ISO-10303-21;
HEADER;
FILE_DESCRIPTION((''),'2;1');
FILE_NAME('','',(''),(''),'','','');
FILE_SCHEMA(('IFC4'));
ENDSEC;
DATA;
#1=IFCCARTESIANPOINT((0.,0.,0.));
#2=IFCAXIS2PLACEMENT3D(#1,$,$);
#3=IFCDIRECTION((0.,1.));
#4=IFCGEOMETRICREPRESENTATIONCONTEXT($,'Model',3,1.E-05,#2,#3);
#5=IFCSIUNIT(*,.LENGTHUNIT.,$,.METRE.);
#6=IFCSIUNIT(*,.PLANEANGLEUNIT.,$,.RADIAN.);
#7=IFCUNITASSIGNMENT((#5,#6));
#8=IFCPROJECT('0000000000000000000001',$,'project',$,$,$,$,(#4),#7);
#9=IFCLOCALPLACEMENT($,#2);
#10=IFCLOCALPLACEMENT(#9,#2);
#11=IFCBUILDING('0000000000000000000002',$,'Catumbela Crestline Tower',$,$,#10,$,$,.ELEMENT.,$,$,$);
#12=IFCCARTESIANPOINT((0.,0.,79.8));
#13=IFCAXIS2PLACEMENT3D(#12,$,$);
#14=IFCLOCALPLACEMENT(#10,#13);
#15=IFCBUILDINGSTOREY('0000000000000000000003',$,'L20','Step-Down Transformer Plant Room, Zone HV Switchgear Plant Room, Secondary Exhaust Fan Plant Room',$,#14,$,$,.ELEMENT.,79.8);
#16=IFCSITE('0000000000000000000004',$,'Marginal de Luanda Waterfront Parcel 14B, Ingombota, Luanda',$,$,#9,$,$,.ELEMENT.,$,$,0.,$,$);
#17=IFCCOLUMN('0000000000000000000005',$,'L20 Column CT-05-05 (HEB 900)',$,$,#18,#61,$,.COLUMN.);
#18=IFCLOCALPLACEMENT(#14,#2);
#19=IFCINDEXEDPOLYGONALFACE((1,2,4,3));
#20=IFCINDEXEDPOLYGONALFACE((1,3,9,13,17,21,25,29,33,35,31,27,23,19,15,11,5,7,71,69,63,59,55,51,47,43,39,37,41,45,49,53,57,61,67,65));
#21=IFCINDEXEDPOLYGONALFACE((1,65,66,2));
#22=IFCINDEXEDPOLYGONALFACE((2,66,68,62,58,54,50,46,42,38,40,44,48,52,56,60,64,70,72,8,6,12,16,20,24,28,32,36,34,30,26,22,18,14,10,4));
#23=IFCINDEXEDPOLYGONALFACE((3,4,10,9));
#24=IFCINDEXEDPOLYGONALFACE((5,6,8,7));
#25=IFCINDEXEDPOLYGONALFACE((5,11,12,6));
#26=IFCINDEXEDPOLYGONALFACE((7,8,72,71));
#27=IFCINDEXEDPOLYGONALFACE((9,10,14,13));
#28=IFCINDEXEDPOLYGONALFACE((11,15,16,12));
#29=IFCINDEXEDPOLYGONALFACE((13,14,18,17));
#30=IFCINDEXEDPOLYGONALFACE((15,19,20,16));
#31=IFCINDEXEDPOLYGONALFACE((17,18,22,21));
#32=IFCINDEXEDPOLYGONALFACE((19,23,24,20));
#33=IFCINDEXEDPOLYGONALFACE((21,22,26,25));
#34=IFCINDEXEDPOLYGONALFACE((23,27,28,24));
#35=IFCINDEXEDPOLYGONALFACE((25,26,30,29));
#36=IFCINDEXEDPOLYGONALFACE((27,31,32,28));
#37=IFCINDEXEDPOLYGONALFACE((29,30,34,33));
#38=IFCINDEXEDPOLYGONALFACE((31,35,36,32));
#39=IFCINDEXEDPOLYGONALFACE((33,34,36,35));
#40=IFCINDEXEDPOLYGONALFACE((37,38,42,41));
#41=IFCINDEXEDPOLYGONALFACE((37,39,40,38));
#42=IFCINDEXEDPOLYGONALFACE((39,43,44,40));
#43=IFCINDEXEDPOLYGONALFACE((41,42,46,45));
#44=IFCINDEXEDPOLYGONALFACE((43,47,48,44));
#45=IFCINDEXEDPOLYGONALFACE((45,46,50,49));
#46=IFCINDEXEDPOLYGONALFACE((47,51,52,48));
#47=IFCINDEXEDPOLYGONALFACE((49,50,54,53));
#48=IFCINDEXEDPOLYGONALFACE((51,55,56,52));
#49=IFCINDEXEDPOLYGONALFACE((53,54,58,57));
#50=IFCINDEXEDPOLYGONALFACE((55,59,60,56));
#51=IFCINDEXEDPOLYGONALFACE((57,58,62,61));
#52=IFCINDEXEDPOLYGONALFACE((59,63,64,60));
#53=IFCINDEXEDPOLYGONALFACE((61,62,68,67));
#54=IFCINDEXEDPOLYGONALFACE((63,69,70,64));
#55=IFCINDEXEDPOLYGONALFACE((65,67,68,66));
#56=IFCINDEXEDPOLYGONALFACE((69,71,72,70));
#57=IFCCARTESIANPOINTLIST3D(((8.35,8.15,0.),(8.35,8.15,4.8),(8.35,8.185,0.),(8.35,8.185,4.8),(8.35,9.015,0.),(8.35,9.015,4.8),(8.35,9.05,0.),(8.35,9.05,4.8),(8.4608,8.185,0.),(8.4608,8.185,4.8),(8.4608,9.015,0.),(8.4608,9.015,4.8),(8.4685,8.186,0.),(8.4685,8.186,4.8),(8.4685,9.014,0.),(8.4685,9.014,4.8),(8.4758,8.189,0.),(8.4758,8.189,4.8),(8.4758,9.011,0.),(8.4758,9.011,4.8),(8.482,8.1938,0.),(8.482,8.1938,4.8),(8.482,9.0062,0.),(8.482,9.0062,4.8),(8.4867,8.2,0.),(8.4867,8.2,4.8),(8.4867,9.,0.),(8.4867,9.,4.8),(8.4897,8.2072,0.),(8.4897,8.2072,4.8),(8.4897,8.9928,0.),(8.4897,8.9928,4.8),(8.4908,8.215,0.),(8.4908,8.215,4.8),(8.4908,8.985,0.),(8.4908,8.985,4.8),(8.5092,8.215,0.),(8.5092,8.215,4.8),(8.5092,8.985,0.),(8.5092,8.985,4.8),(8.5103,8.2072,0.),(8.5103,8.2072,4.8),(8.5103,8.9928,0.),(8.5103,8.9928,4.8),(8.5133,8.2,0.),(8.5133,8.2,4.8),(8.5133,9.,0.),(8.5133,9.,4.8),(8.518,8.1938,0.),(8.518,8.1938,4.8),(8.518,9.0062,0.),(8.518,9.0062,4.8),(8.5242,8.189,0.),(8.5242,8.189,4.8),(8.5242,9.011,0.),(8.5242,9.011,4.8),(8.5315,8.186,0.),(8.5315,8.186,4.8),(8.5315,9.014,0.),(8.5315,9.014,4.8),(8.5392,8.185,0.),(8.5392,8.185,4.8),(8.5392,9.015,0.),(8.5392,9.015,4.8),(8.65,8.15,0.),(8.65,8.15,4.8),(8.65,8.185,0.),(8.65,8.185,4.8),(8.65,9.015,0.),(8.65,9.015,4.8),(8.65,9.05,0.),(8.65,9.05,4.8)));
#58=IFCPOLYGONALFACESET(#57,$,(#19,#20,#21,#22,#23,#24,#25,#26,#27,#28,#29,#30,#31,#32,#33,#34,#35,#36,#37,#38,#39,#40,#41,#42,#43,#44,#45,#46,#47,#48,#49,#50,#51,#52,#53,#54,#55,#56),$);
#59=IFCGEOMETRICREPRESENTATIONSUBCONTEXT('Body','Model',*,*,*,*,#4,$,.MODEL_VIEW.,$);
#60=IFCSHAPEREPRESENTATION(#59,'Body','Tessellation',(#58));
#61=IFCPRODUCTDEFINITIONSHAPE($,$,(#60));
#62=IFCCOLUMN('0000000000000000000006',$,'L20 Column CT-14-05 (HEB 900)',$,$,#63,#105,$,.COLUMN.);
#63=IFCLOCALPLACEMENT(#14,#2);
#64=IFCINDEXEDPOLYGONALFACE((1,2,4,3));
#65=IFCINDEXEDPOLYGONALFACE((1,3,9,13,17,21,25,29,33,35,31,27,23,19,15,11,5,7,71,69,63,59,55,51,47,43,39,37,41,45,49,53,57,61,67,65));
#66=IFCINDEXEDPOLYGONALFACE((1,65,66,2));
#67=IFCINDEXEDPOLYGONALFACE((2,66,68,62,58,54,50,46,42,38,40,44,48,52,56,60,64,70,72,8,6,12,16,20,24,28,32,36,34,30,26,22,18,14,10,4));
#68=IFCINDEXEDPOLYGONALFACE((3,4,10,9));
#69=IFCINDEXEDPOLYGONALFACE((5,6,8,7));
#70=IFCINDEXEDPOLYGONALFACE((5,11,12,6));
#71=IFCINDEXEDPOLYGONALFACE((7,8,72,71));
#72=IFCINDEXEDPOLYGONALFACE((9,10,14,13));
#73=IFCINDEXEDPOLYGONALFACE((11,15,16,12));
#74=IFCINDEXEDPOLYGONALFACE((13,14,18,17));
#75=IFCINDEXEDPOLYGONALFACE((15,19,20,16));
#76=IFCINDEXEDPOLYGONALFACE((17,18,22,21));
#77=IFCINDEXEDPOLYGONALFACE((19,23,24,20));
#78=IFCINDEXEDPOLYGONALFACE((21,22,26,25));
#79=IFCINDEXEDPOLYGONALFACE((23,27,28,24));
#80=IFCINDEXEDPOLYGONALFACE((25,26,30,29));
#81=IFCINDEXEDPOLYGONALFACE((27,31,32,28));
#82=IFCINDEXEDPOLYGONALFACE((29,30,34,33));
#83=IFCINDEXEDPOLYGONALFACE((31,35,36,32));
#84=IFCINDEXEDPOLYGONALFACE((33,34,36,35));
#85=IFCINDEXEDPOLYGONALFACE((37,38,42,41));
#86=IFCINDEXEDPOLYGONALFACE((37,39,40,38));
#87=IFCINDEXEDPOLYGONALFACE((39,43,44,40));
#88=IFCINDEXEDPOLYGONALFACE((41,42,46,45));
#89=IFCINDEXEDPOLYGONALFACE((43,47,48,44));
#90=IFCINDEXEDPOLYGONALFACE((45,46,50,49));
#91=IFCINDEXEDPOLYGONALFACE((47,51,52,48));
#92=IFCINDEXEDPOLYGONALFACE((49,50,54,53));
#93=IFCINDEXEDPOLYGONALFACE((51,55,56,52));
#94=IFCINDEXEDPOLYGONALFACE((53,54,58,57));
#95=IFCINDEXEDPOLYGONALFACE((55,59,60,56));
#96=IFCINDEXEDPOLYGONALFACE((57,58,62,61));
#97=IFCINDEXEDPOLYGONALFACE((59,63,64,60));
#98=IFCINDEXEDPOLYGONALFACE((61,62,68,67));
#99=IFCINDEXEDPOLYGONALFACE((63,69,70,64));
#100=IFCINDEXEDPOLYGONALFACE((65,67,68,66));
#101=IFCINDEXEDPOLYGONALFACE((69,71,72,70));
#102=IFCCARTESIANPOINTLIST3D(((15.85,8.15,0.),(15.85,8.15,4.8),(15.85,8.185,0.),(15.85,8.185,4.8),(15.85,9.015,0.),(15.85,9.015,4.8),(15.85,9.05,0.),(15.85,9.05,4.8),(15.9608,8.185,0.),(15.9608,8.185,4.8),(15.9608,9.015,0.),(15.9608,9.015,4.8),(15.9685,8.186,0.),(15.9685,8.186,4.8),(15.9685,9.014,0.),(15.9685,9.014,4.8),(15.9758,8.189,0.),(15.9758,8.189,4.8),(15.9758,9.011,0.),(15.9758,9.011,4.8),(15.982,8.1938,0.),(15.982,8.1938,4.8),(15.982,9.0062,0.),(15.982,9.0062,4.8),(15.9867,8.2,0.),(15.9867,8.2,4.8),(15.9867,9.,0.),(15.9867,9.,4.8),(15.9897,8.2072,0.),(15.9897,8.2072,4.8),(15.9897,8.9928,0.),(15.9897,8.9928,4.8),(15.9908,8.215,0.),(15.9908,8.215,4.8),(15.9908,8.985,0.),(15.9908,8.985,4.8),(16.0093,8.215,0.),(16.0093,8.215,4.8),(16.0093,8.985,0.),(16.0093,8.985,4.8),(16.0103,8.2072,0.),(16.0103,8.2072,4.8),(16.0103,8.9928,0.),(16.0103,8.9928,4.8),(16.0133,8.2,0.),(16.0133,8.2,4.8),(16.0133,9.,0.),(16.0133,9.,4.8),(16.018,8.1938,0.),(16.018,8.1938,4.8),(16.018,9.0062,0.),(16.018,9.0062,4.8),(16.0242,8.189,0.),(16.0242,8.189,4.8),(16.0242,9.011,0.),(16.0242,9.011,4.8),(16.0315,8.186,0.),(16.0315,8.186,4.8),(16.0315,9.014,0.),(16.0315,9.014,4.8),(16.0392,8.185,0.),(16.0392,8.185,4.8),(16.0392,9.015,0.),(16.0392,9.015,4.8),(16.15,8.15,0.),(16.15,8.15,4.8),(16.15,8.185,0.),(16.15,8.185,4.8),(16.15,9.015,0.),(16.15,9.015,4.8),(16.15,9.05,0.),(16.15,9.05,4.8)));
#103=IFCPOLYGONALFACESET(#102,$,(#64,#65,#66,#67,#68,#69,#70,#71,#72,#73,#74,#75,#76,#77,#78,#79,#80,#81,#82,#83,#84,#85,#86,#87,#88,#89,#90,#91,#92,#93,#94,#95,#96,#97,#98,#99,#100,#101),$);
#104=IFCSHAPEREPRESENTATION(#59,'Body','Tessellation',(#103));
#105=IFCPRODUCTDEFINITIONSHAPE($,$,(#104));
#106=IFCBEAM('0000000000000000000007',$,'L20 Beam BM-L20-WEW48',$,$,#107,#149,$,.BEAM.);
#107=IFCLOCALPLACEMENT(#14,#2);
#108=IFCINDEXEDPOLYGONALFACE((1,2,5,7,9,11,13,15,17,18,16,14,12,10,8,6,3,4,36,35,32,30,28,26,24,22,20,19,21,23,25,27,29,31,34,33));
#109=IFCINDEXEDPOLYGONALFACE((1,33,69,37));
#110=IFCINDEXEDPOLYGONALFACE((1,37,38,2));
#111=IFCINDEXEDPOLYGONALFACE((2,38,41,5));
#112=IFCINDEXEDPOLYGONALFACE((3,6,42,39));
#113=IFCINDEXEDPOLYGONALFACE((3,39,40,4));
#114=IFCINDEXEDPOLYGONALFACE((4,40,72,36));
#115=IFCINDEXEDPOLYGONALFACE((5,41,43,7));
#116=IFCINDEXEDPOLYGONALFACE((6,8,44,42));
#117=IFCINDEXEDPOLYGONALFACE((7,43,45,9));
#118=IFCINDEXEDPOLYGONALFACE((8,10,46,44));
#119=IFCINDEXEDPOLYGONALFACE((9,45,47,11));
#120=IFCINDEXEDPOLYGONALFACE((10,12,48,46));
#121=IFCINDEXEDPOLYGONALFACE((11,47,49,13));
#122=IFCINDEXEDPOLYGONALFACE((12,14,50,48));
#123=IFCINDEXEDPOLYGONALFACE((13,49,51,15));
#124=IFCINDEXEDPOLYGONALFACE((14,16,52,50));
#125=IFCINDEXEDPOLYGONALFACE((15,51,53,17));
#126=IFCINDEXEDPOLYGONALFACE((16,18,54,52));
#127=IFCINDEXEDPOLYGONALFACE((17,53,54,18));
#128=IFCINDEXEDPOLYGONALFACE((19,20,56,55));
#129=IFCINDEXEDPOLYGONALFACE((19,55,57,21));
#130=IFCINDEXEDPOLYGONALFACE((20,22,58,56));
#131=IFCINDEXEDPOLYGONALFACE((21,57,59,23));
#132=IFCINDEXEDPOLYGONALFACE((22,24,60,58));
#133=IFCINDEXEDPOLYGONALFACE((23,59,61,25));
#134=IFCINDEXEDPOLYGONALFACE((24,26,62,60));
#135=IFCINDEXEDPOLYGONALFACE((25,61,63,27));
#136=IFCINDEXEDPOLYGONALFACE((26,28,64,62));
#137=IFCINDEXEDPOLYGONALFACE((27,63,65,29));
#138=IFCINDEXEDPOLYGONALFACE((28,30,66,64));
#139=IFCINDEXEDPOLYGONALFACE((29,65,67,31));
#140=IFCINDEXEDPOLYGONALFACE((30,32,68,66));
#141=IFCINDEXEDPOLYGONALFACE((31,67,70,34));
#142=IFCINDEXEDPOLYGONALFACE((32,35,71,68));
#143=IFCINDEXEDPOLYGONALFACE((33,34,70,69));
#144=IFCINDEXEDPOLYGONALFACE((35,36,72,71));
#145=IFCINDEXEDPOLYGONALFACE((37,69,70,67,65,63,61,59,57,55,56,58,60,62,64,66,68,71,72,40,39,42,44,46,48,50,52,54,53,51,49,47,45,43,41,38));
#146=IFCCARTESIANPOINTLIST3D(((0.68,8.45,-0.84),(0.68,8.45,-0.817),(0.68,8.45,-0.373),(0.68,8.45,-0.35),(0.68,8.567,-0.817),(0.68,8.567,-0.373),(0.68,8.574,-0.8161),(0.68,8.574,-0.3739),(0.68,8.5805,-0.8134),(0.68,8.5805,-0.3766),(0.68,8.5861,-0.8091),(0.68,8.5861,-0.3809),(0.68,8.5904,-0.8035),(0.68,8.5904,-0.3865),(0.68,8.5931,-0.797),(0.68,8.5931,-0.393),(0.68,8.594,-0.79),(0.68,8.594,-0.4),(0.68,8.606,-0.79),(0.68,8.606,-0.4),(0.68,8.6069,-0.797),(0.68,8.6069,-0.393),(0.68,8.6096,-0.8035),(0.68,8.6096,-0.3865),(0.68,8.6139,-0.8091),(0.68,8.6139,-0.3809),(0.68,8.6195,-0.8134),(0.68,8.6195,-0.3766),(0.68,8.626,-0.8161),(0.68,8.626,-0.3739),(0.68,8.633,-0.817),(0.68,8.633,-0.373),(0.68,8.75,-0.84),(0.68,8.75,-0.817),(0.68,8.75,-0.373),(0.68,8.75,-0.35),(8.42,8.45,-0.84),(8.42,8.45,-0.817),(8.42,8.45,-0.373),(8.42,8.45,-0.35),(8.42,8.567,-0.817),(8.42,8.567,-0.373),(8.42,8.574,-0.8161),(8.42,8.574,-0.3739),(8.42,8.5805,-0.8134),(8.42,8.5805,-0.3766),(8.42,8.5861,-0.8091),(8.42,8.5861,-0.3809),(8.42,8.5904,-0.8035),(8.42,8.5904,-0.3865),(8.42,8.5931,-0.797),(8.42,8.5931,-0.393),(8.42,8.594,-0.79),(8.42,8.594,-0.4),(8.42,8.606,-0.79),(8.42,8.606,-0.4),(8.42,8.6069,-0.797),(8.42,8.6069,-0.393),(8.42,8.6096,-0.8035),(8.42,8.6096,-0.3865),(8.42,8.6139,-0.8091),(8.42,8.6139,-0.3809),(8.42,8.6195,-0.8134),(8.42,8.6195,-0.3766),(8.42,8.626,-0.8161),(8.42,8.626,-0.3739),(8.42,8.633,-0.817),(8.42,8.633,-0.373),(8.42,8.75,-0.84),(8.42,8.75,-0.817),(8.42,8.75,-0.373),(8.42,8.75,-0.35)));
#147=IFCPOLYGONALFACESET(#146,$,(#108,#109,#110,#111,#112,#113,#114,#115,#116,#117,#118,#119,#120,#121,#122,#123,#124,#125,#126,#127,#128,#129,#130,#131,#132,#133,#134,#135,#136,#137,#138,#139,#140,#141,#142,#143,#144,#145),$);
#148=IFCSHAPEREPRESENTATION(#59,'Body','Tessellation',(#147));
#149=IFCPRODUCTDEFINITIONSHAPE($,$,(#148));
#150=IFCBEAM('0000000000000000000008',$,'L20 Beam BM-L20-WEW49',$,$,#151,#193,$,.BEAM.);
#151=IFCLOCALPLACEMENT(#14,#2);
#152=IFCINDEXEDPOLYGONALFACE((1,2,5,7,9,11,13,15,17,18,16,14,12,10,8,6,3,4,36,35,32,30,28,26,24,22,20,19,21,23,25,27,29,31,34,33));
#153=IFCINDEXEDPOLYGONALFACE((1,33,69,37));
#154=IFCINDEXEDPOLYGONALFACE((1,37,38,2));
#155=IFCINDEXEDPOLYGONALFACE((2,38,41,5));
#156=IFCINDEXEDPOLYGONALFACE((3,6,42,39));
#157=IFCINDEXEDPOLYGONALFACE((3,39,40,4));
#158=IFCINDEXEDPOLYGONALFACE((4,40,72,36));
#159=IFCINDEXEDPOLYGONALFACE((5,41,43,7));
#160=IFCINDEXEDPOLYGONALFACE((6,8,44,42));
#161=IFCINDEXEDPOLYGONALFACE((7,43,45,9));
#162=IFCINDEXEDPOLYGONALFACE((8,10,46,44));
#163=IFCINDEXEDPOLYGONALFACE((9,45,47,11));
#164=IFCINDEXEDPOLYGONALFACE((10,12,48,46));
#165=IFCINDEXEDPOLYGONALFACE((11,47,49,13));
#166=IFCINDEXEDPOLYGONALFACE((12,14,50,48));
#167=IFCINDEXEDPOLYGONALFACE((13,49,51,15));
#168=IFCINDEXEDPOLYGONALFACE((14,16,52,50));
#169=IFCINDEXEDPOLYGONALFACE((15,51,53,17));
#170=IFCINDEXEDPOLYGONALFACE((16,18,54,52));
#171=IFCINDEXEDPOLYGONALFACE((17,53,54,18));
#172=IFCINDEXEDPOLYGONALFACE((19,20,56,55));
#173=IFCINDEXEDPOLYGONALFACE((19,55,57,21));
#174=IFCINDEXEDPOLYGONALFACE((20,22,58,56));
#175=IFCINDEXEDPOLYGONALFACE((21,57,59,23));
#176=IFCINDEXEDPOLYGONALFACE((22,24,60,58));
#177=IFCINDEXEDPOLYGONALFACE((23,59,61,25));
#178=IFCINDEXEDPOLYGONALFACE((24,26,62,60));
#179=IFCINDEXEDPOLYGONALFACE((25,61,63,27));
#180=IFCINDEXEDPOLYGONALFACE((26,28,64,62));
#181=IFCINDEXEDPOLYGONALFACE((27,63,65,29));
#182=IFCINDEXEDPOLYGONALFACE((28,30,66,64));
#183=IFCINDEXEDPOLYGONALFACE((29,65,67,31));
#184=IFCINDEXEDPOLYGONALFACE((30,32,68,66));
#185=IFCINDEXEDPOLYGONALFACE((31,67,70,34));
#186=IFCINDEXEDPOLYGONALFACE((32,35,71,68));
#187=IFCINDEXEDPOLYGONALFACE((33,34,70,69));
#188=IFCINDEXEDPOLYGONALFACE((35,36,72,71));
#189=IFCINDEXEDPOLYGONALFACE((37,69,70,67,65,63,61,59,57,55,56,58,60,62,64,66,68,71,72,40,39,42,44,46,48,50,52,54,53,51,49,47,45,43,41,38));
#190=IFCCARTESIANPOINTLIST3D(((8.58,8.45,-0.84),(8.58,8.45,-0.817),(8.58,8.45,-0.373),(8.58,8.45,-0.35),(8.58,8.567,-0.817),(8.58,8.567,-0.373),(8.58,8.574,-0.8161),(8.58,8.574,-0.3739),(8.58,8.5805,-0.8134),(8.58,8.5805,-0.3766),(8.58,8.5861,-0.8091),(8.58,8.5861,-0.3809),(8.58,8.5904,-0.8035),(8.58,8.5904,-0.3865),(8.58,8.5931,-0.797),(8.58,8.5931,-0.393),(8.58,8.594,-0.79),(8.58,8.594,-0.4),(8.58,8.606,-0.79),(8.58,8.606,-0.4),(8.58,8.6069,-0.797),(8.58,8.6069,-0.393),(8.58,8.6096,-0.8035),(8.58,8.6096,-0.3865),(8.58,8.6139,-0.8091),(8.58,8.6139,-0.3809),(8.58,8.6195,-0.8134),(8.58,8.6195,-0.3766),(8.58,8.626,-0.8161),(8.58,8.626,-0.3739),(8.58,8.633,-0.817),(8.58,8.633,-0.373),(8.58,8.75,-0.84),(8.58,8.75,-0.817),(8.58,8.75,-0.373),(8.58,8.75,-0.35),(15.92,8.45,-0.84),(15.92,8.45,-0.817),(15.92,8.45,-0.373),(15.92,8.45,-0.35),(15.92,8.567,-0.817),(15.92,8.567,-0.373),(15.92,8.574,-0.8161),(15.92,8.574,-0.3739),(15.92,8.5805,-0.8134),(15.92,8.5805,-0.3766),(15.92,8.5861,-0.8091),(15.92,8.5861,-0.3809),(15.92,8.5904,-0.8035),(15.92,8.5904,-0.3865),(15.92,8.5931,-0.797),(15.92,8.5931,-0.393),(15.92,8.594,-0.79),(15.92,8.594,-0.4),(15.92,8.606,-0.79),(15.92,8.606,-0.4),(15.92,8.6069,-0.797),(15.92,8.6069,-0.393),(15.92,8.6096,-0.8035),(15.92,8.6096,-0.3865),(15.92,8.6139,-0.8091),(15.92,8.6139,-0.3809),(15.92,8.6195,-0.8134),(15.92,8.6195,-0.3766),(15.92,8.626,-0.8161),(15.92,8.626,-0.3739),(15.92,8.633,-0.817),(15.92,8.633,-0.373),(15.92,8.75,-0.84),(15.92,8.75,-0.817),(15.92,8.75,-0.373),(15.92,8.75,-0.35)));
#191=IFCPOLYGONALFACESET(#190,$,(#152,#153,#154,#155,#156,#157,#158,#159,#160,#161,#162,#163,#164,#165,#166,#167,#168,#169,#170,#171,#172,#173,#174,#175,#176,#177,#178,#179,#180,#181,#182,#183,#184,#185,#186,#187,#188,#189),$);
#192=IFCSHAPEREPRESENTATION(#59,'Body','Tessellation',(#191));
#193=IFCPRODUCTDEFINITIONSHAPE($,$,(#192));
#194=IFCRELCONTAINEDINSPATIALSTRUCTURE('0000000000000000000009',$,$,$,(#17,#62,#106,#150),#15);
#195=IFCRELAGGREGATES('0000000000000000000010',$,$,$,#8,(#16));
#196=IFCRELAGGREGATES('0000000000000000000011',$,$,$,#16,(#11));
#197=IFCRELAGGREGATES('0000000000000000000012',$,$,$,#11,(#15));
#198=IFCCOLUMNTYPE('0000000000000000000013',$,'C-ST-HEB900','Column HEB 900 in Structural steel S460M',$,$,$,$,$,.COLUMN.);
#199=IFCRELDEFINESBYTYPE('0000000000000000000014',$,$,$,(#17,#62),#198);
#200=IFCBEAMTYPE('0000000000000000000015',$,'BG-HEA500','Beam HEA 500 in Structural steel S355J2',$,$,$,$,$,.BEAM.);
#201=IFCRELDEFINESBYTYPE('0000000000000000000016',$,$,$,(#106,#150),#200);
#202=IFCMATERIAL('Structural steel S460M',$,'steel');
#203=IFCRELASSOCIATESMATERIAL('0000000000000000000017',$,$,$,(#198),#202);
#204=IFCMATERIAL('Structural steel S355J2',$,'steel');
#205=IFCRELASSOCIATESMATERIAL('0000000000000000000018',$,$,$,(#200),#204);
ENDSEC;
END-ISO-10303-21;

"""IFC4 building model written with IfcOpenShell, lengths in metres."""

from ifc_helpers import new_model, si_unit, direction, frame, origin, origin_2d, place, context, subcontext, project, spatial, i_section, extrude, material, material_profile, profile_set, type_object, element, save


model = new_model("IFC4")

# Units and contexts
model_context = context("Model", 3, precision=1e-05, world=origin(), true_north=direction((0.0, 1.0)))
body_context = subcontext(model_context, "Body", "Model", "MODEL_VIEW")
ifc_project = project(units=[si_unit("LENGTHUNIT", "METRE"), si_unit("PLANEANGLEUNIT", "RADIAN")], contexts=[model_context])

# Site, building, storey
site_placement = place(None, origin())
site = spatial("IfcSite", under=ifc_project, at=site_placement, Name="Marginal de Luanda Waterfront Parcel 14B, Ingombota, Luanda", CompositionType="ELEMENT", RefElevation=0.0)
building_placement = place(site_placement, origin())
building = spatial("IfcBuilding", under=site, at=building_placement, Name="Catumbela Crestline Tower", CompositionType="ELEMENT")
storey_placement = place(building_placement, frame((0.0, 0.0, 79.8)))
storey = spatial("IfcBuildingStorey", under=building, at=storey_placement, Name="L20", Description="Step-Down Transformer Plant Room, Zone HV Switchgear Plant Room, Secondary Exhaust Fan Plant Room", CompositionType="ELEMENT", Elevation=79.8)

# Columns
ifc_material_1 = material(Name="Structural steel S460M", Category="steel")
ifc_material_profile_1 = material_profile(ifc_material_1, i_section(OverallWidth=0.3, OverallDepth=0.9, WebThickness=0.0185, FlangeThickness=0.035, FilletRadius=0.03, at=origin_2d()), Name="HEB 900")
ifc_profile_set_1 = profile_set([ifc_material_profile_1], Name="Structural steel S460M")
column_type_1 = type_object("IfcColumnType", Name="C-ST-HEB900", Description="Column HEB 900 in Structural steel S460M", PredefinedType="COLUMN", material=ifc_profile_set_1)
for number, where, z_axis, x_axis, name in (
    (1, (8.5, 8.6, 0.0), (0.0, 0.0, 1.0), (1.0, 0.0, 0.0), "L20 Column CT-05-05 (HEB 900)"),
    (2, (16.0, 8.6, 0.0), (0.0, 0.0, 1.0), (1.0, 0.0, 0.0), "L20 Column CT-14-05 (HEB 900)"),
):
    element("IfcColumn", number, at=place(storey_placement, frame(where, z_axis=z_axis, x_axis=x_axis)), inside=storey, type_object=column_type_1, Name=name, PredefinedType="COLUMN", context=body_context, shape_type="SweptSolid", body=[
        extrude(i_section(OverallWidth=0.3, OverallDepth=0.9, WebThickness=0.0185, FlangeThickness=0.035, FilletRadius=0.03, at=origin_2d()), origin(), (0.0, 0.0, 1.0), 4.8),
    ])

# Beams
ifc_material_2 = material(Name="Structural steel S355J2", Category="steel")
ifc_material_profile_2 = material_profile(ifc_material_2, i_section(OverallWidth=0.3, OverallDepth=0.49, WebThickness=0.012, FlangeThickness=0.023, FilletRadius=0.027, at=origin_2d()), Name="HEA 500")
ifc_profile_set_2 = profile_set([ifc_material_profile_2], Name="Structural steel S355J2")
beam_type_1 = type_object("IfcBeamType", Name="BG-HEA500", Description="Beam HEA 500 in Structural steel S355J2", PredefinedType="BEAM", material=ifc_profile_set_2)
beam_1_placement = place(storey_placement, frame((0.68, 8.6, -0.595), z_axis=(1.0, 0.0, 0.0), x_axis=(0.0, 1.0, 0.0)))
element("IfcBeam", 3, at=beam_1_placement, inside=storey, type_object=beam_type_1, Name="L20 Beam BM-L20-WEW48", PredefinedType="BEAM", context=body_context, shape_type="SweptSolid", body=[
    extrude(i_section(OverallWidth=0.3, OverallDepth=0.49, WebThickness=0.012, FlangeThickness=0.023, FilletRadius=0.027, at=origin_2d()), origin(), (0.0, 0.0, 1.0), 7.74),
])
beam_2_placement = place(storey_placement, frame((8.58, 8.6, -0.595), z_axis=(1.0, 0.0, 0.0), x_axis=(0.0, 1.0, 0.0)))
element("IfcBeam", 4, at=beam_2_placement, inside=storey, type_object=beam_type_1, Name="L20 Beam BM-L20-WEW49", PredefinedType="BEAM", context=body_context, shape_type="SweptSolid", body=[
    extrude(i_section(OverallWidth=0.3, OverallDepth=0.49, WebThickness=0.012, FlangeThickness=0.023, FilletRadius=0.027, at=origin_2d()), origin(), (0.0, 0.0, 1.0), 7.34),
])

save(model, "model.ifc")
